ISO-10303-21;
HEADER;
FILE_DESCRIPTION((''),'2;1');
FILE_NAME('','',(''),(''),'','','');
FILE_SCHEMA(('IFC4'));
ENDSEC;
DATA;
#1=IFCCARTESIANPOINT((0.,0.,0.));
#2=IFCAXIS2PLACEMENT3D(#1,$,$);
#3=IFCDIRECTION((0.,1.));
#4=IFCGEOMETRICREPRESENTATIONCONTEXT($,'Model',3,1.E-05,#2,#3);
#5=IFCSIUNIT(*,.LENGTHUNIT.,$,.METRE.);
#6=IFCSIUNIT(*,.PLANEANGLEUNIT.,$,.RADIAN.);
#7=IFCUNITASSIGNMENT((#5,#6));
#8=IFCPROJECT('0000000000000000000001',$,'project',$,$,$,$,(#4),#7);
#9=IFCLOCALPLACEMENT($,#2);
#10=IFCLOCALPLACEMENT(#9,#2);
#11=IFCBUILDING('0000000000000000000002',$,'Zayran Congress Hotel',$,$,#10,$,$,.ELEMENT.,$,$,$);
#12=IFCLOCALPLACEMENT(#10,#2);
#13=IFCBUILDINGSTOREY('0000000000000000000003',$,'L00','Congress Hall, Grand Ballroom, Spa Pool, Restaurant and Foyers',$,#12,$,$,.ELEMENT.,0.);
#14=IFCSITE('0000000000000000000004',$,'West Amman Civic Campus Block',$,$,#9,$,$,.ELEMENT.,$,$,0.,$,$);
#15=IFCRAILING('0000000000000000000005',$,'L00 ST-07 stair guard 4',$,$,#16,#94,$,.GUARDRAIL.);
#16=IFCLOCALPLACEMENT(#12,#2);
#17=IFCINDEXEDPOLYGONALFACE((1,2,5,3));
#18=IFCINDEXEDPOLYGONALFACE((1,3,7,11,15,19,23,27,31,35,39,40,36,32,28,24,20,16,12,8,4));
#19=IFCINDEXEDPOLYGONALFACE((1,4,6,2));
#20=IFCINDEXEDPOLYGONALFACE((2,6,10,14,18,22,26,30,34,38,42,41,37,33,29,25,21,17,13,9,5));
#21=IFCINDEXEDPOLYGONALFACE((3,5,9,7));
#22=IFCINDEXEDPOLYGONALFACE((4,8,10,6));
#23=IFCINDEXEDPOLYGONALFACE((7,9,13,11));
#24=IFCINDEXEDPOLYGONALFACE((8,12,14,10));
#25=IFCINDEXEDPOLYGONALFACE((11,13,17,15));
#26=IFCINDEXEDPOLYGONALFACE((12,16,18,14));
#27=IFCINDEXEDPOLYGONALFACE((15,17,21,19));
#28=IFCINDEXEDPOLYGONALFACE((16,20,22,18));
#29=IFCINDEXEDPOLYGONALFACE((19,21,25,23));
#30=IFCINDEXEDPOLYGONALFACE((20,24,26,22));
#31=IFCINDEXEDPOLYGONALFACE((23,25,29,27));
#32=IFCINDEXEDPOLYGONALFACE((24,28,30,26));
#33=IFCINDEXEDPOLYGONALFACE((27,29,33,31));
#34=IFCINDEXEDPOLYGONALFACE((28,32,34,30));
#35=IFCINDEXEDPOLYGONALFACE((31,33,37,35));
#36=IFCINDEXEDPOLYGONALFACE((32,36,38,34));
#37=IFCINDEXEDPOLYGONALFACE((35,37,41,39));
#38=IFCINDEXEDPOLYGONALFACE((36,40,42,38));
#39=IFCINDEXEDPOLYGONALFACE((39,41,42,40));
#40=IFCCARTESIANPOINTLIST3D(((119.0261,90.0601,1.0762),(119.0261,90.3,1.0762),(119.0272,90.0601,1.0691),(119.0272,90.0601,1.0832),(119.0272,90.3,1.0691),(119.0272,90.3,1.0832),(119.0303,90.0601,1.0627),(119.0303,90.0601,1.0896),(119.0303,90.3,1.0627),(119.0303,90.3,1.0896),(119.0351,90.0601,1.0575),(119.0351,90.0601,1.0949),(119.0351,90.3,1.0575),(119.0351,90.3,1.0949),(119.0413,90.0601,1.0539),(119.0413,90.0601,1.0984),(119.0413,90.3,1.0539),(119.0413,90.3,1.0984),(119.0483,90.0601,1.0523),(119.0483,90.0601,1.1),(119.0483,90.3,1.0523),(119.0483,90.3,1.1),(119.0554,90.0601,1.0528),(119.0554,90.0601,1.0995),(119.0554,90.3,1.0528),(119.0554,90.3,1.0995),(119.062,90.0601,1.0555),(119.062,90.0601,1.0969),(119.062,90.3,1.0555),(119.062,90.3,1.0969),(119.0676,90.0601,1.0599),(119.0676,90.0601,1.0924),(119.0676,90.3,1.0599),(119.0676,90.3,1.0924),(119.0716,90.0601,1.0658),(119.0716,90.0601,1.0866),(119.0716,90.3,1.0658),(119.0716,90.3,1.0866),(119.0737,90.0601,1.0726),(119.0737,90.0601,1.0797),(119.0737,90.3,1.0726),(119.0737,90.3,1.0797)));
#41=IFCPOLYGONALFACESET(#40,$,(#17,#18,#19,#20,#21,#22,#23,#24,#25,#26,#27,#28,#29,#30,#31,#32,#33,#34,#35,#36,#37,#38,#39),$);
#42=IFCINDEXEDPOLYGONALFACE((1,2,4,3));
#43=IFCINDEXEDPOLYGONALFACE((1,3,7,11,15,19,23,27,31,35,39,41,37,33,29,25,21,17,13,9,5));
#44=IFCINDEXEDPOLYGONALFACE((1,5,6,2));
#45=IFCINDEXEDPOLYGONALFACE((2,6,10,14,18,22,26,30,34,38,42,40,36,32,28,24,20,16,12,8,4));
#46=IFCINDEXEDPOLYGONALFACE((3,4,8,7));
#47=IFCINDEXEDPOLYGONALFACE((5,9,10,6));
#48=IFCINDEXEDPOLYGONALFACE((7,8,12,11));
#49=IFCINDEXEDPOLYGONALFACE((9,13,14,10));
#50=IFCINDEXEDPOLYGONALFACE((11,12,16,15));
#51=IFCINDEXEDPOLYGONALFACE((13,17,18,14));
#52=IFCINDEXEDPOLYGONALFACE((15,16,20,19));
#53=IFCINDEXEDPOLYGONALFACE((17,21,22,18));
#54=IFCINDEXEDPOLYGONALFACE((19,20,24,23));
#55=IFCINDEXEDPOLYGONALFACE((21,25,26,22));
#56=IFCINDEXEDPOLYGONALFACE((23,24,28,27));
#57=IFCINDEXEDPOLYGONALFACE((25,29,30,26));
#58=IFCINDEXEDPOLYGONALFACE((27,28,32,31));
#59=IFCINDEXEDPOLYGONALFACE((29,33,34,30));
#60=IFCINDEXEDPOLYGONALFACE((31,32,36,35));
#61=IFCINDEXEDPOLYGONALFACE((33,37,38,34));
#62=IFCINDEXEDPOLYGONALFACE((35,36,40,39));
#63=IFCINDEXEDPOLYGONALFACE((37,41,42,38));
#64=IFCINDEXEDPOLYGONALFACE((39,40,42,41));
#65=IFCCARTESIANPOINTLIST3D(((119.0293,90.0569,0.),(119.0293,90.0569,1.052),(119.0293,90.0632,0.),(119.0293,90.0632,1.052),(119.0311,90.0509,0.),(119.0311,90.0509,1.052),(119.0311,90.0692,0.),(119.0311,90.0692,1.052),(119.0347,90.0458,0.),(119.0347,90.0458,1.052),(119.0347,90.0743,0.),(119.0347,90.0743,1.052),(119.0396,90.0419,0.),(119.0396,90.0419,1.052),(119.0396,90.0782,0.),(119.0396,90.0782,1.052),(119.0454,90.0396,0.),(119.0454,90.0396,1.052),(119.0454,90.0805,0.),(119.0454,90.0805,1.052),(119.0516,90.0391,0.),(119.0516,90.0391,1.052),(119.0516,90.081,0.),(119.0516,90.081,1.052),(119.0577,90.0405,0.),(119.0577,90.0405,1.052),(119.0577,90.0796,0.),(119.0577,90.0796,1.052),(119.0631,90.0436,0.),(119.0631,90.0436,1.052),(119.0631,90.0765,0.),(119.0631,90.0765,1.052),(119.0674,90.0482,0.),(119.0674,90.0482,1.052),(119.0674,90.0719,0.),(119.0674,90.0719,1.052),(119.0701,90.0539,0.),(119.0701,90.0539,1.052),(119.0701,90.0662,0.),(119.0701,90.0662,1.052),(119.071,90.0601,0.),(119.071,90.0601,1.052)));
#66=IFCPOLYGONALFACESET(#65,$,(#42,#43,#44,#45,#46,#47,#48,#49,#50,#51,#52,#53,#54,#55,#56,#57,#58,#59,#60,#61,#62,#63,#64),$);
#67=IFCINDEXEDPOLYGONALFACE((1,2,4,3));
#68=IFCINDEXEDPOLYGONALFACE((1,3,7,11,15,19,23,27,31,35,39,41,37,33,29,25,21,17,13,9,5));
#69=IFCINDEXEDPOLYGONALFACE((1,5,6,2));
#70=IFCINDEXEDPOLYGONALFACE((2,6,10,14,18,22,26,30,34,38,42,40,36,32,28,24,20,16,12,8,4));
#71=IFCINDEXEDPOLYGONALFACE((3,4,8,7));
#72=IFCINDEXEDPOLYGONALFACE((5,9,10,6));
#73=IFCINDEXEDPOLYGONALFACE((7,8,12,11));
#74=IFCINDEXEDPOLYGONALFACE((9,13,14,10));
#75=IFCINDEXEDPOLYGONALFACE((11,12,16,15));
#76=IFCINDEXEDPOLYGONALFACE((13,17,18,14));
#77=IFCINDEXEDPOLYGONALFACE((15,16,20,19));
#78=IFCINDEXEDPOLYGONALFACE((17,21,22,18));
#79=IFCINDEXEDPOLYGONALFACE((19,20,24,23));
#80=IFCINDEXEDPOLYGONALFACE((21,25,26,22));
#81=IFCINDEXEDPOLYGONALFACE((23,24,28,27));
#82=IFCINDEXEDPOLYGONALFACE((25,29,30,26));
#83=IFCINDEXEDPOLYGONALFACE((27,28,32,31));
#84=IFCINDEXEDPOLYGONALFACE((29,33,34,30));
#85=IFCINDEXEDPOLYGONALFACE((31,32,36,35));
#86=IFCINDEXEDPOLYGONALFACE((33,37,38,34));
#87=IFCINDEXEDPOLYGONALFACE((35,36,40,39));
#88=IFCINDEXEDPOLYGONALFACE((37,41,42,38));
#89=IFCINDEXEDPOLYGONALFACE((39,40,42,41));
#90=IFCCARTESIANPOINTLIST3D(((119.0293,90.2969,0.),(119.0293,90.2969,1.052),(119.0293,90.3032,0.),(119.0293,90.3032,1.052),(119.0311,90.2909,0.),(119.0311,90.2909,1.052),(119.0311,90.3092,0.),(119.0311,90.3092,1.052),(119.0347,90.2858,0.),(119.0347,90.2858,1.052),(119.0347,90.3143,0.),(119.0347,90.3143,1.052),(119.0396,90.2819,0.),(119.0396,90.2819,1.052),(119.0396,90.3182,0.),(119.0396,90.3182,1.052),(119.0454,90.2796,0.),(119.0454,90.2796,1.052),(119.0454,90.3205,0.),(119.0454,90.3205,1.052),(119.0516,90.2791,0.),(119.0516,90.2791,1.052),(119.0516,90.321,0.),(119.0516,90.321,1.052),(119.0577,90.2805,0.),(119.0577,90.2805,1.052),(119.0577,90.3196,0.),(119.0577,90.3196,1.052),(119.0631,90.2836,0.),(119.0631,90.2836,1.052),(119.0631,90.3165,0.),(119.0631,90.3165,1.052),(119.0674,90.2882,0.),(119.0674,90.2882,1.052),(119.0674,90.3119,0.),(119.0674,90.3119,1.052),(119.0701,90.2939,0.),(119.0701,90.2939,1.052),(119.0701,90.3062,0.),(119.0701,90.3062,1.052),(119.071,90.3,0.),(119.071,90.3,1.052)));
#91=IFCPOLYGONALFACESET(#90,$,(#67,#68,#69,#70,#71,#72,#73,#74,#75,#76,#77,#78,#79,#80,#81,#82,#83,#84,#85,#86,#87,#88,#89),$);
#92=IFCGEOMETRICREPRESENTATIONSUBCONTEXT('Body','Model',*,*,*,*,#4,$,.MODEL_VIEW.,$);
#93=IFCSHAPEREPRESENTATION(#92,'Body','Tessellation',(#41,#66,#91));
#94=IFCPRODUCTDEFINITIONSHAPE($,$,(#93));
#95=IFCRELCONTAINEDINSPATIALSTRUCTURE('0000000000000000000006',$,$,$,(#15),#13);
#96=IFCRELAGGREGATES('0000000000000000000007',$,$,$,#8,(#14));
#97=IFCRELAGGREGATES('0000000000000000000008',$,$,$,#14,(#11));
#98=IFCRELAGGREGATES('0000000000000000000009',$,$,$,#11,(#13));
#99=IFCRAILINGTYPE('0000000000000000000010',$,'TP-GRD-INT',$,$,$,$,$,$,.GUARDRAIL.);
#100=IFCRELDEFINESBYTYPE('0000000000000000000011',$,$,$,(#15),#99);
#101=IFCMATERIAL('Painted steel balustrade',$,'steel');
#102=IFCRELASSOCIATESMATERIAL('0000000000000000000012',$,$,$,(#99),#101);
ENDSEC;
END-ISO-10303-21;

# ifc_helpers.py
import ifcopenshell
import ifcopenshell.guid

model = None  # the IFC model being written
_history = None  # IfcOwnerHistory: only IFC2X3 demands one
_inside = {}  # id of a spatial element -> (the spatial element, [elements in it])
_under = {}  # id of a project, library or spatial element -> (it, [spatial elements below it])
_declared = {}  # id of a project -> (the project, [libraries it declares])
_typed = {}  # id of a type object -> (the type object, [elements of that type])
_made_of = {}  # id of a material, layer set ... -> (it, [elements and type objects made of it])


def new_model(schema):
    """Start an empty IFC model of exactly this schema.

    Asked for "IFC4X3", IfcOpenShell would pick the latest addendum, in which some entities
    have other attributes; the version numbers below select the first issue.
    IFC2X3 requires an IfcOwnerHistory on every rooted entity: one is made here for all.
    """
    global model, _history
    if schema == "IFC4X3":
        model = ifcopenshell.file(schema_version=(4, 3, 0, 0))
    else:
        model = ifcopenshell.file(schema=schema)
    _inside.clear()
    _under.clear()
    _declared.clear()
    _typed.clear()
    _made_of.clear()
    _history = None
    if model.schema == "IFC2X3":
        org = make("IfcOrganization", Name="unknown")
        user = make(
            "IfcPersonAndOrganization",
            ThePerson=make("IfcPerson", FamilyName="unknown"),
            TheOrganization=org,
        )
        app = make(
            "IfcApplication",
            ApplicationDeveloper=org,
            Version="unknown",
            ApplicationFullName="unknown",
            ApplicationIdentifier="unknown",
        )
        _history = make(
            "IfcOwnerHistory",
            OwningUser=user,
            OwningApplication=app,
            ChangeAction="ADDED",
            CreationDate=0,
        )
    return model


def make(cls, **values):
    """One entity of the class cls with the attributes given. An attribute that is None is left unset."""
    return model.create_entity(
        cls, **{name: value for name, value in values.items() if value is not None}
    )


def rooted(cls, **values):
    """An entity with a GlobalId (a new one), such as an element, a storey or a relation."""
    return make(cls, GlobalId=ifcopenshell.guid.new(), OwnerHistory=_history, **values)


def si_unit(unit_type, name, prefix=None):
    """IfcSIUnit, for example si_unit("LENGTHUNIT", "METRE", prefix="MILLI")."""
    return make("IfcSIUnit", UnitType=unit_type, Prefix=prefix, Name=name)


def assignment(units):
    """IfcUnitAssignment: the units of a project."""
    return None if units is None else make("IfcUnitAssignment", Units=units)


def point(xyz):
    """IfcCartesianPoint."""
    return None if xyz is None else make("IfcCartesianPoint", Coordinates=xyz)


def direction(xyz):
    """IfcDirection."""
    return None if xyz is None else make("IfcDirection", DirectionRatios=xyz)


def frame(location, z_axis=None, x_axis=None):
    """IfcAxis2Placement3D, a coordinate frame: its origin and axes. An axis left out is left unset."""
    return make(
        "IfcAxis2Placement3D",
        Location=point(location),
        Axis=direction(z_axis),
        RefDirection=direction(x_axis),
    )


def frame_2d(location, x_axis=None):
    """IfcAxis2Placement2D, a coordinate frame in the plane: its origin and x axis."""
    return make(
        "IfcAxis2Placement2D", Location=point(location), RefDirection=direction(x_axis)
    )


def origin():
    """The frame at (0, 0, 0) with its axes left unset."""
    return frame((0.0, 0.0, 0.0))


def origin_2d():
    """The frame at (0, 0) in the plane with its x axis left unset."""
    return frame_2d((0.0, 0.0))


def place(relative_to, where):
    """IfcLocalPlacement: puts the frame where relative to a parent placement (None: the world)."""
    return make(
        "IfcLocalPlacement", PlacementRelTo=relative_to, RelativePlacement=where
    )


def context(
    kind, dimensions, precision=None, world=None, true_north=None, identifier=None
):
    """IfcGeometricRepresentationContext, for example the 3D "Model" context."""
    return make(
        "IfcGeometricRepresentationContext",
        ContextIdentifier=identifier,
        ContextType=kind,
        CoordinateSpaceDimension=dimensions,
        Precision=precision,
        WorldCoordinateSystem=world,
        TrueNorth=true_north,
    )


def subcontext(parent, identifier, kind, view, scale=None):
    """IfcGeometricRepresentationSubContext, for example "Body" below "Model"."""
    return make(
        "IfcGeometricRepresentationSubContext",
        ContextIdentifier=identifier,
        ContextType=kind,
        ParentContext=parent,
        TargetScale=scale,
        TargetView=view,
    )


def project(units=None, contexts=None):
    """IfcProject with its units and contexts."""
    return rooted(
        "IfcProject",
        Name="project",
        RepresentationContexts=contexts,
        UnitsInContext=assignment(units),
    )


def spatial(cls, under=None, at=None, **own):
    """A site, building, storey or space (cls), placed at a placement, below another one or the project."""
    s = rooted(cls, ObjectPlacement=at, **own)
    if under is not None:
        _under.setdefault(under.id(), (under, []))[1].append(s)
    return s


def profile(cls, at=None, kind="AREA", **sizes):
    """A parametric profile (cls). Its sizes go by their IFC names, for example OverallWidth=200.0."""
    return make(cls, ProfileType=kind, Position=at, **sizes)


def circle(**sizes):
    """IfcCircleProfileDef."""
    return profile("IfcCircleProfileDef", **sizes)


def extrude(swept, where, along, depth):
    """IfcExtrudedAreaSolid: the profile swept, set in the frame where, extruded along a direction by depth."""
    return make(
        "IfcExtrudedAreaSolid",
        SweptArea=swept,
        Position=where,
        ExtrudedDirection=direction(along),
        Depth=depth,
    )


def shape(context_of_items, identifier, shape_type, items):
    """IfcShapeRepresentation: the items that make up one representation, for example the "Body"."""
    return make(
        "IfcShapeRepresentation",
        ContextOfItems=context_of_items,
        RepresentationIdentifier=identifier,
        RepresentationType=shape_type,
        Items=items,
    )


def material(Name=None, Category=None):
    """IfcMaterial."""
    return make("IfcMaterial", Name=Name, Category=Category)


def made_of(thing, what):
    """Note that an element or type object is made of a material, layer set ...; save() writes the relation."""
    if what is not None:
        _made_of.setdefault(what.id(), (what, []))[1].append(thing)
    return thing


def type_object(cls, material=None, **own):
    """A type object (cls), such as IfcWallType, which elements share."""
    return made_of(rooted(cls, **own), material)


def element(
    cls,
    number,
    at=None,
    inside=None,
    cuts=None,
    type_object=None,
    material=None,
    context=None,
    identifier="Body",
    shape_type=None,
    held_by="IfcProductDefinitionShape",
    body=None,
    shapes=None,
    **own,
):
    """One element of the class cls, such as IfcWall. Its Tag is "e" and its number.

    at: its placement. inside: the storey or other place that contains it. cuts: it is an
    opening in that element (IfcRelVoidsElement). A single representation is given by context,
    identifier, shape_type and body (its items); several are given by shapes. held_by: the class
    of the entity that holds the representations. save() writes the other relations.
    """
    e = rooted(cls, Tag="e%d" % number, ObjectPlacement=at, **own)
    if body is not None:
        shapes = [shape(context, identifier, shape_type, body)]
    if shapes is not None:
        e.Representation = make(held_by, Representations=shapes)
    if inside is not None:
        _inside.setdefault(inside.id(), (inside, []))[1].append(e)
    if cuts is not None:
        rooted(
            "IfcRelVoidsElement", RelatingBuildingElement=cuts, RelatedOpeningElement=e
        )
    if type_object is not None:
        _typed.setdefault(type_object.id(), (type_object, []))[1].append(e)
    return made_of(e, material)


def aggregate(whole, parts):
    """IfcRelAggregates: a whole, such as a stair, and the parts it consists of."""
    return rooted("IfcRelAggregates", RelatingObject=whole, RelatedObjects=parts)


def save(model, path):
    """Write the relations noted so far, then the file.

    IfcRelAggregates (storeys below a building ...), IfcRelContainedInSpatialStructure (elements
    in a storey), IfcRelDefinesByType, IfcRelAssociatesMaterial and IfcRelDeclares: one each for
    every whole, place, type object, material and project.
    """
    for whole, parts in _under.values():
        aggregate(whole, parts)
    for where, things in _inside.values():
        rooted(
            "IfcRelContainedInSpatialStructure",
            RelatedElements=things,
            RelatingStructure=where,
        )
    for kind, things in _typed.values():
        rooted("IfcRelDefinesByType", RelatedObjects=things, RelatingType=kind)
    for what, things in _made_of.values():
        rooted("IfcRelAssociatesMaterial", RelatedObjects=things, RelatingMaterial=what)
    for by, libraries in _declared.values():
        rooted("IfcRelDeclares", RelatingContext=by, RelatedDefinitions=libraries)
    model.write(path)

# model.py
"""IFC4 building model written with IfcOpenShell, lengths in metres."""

from ifc_helpers import new_model, si_unit, direction, frame, origin, origin_2d, place, context, subcontext, project, spatial, circle, extrude, material, type_object, element, save


model = new_model("IFC4")

# Units and contexts
model_context = context("Model", 3, precision=1e-05, world=origin(), true_north=direction((0.0, 1.0)))
body_context = subcontext(model_context, "Body", "Model", "MODEL_VIEW")
ifc_project = project(units=[si_unit("LENGTHUNIT", "METRE"), si_unit("PLANEANGLEUNIT", "RADIAN")], contexts=[model_context])

# Site, building, storey
site_placement = place(None, origin())
site = spatial("IfcSite", under=ifc_project, at=site_placement, Name="West Amman Civic Campus Block", CompositionType="ELEMENT", RefElevation=0.0)
building_placement = place(site_placement, origin())
building = spatial("IfcBuilding", under=site, at=building_placement, Name="Zayran Congress Hotel", CompositionType="ELEMENT")
storey_placement = place(building_placement, origin())
storey = spatial("IfcBuildingStorey", under=building, at=storey_placement, Name="L00", Description="Congress Hall, Grand Ballroom, Spa Pool, Restaurant and Foyers", CompositionType="ELEMENT", Elevation=0.0)

# Railing
ifc_material_1 = material(Name="Painted steel balustrade", Category="steel")
railing_type_1 = type_object("IfcRailingType", Name="TP-GRD-INT", PredefinedType="GUARDRAIL", material=ifc_material_1)
railing_1_placement = place(storey_placement, frame((119.05, 90.0601, 0.0)))
element("IfcRailing", 1, at=railing_1_placement, inside=storey, type_object=railing_type_1, Name="L00 ST-07 stair guard 4", PredefinedType="GUARDRAIL", context=body_context, shape_type="SweptSolid", body=[
    extrude(circle(Radius=0.0239, at=origin_2d()), frame((0.0, 0.0, 1.0762), z_axis=(0.0, 1.0, 0.0), x_axis=(-1.0, 0.0, 0.0)), (0.0, 0.0, 1.0), 0.24),
    extrude(circle(Radius=0.021, at=origin_2d()), origin(), (0.0, 0.0, 1.0), 1.052),
    extrude(circle(Radius=0.021, at=origin_2d()), frame((0.0, 0.24, 0.0)), (0.0, 0.0, 1.0), 1.052),
])

save(model, "model.ifc")
